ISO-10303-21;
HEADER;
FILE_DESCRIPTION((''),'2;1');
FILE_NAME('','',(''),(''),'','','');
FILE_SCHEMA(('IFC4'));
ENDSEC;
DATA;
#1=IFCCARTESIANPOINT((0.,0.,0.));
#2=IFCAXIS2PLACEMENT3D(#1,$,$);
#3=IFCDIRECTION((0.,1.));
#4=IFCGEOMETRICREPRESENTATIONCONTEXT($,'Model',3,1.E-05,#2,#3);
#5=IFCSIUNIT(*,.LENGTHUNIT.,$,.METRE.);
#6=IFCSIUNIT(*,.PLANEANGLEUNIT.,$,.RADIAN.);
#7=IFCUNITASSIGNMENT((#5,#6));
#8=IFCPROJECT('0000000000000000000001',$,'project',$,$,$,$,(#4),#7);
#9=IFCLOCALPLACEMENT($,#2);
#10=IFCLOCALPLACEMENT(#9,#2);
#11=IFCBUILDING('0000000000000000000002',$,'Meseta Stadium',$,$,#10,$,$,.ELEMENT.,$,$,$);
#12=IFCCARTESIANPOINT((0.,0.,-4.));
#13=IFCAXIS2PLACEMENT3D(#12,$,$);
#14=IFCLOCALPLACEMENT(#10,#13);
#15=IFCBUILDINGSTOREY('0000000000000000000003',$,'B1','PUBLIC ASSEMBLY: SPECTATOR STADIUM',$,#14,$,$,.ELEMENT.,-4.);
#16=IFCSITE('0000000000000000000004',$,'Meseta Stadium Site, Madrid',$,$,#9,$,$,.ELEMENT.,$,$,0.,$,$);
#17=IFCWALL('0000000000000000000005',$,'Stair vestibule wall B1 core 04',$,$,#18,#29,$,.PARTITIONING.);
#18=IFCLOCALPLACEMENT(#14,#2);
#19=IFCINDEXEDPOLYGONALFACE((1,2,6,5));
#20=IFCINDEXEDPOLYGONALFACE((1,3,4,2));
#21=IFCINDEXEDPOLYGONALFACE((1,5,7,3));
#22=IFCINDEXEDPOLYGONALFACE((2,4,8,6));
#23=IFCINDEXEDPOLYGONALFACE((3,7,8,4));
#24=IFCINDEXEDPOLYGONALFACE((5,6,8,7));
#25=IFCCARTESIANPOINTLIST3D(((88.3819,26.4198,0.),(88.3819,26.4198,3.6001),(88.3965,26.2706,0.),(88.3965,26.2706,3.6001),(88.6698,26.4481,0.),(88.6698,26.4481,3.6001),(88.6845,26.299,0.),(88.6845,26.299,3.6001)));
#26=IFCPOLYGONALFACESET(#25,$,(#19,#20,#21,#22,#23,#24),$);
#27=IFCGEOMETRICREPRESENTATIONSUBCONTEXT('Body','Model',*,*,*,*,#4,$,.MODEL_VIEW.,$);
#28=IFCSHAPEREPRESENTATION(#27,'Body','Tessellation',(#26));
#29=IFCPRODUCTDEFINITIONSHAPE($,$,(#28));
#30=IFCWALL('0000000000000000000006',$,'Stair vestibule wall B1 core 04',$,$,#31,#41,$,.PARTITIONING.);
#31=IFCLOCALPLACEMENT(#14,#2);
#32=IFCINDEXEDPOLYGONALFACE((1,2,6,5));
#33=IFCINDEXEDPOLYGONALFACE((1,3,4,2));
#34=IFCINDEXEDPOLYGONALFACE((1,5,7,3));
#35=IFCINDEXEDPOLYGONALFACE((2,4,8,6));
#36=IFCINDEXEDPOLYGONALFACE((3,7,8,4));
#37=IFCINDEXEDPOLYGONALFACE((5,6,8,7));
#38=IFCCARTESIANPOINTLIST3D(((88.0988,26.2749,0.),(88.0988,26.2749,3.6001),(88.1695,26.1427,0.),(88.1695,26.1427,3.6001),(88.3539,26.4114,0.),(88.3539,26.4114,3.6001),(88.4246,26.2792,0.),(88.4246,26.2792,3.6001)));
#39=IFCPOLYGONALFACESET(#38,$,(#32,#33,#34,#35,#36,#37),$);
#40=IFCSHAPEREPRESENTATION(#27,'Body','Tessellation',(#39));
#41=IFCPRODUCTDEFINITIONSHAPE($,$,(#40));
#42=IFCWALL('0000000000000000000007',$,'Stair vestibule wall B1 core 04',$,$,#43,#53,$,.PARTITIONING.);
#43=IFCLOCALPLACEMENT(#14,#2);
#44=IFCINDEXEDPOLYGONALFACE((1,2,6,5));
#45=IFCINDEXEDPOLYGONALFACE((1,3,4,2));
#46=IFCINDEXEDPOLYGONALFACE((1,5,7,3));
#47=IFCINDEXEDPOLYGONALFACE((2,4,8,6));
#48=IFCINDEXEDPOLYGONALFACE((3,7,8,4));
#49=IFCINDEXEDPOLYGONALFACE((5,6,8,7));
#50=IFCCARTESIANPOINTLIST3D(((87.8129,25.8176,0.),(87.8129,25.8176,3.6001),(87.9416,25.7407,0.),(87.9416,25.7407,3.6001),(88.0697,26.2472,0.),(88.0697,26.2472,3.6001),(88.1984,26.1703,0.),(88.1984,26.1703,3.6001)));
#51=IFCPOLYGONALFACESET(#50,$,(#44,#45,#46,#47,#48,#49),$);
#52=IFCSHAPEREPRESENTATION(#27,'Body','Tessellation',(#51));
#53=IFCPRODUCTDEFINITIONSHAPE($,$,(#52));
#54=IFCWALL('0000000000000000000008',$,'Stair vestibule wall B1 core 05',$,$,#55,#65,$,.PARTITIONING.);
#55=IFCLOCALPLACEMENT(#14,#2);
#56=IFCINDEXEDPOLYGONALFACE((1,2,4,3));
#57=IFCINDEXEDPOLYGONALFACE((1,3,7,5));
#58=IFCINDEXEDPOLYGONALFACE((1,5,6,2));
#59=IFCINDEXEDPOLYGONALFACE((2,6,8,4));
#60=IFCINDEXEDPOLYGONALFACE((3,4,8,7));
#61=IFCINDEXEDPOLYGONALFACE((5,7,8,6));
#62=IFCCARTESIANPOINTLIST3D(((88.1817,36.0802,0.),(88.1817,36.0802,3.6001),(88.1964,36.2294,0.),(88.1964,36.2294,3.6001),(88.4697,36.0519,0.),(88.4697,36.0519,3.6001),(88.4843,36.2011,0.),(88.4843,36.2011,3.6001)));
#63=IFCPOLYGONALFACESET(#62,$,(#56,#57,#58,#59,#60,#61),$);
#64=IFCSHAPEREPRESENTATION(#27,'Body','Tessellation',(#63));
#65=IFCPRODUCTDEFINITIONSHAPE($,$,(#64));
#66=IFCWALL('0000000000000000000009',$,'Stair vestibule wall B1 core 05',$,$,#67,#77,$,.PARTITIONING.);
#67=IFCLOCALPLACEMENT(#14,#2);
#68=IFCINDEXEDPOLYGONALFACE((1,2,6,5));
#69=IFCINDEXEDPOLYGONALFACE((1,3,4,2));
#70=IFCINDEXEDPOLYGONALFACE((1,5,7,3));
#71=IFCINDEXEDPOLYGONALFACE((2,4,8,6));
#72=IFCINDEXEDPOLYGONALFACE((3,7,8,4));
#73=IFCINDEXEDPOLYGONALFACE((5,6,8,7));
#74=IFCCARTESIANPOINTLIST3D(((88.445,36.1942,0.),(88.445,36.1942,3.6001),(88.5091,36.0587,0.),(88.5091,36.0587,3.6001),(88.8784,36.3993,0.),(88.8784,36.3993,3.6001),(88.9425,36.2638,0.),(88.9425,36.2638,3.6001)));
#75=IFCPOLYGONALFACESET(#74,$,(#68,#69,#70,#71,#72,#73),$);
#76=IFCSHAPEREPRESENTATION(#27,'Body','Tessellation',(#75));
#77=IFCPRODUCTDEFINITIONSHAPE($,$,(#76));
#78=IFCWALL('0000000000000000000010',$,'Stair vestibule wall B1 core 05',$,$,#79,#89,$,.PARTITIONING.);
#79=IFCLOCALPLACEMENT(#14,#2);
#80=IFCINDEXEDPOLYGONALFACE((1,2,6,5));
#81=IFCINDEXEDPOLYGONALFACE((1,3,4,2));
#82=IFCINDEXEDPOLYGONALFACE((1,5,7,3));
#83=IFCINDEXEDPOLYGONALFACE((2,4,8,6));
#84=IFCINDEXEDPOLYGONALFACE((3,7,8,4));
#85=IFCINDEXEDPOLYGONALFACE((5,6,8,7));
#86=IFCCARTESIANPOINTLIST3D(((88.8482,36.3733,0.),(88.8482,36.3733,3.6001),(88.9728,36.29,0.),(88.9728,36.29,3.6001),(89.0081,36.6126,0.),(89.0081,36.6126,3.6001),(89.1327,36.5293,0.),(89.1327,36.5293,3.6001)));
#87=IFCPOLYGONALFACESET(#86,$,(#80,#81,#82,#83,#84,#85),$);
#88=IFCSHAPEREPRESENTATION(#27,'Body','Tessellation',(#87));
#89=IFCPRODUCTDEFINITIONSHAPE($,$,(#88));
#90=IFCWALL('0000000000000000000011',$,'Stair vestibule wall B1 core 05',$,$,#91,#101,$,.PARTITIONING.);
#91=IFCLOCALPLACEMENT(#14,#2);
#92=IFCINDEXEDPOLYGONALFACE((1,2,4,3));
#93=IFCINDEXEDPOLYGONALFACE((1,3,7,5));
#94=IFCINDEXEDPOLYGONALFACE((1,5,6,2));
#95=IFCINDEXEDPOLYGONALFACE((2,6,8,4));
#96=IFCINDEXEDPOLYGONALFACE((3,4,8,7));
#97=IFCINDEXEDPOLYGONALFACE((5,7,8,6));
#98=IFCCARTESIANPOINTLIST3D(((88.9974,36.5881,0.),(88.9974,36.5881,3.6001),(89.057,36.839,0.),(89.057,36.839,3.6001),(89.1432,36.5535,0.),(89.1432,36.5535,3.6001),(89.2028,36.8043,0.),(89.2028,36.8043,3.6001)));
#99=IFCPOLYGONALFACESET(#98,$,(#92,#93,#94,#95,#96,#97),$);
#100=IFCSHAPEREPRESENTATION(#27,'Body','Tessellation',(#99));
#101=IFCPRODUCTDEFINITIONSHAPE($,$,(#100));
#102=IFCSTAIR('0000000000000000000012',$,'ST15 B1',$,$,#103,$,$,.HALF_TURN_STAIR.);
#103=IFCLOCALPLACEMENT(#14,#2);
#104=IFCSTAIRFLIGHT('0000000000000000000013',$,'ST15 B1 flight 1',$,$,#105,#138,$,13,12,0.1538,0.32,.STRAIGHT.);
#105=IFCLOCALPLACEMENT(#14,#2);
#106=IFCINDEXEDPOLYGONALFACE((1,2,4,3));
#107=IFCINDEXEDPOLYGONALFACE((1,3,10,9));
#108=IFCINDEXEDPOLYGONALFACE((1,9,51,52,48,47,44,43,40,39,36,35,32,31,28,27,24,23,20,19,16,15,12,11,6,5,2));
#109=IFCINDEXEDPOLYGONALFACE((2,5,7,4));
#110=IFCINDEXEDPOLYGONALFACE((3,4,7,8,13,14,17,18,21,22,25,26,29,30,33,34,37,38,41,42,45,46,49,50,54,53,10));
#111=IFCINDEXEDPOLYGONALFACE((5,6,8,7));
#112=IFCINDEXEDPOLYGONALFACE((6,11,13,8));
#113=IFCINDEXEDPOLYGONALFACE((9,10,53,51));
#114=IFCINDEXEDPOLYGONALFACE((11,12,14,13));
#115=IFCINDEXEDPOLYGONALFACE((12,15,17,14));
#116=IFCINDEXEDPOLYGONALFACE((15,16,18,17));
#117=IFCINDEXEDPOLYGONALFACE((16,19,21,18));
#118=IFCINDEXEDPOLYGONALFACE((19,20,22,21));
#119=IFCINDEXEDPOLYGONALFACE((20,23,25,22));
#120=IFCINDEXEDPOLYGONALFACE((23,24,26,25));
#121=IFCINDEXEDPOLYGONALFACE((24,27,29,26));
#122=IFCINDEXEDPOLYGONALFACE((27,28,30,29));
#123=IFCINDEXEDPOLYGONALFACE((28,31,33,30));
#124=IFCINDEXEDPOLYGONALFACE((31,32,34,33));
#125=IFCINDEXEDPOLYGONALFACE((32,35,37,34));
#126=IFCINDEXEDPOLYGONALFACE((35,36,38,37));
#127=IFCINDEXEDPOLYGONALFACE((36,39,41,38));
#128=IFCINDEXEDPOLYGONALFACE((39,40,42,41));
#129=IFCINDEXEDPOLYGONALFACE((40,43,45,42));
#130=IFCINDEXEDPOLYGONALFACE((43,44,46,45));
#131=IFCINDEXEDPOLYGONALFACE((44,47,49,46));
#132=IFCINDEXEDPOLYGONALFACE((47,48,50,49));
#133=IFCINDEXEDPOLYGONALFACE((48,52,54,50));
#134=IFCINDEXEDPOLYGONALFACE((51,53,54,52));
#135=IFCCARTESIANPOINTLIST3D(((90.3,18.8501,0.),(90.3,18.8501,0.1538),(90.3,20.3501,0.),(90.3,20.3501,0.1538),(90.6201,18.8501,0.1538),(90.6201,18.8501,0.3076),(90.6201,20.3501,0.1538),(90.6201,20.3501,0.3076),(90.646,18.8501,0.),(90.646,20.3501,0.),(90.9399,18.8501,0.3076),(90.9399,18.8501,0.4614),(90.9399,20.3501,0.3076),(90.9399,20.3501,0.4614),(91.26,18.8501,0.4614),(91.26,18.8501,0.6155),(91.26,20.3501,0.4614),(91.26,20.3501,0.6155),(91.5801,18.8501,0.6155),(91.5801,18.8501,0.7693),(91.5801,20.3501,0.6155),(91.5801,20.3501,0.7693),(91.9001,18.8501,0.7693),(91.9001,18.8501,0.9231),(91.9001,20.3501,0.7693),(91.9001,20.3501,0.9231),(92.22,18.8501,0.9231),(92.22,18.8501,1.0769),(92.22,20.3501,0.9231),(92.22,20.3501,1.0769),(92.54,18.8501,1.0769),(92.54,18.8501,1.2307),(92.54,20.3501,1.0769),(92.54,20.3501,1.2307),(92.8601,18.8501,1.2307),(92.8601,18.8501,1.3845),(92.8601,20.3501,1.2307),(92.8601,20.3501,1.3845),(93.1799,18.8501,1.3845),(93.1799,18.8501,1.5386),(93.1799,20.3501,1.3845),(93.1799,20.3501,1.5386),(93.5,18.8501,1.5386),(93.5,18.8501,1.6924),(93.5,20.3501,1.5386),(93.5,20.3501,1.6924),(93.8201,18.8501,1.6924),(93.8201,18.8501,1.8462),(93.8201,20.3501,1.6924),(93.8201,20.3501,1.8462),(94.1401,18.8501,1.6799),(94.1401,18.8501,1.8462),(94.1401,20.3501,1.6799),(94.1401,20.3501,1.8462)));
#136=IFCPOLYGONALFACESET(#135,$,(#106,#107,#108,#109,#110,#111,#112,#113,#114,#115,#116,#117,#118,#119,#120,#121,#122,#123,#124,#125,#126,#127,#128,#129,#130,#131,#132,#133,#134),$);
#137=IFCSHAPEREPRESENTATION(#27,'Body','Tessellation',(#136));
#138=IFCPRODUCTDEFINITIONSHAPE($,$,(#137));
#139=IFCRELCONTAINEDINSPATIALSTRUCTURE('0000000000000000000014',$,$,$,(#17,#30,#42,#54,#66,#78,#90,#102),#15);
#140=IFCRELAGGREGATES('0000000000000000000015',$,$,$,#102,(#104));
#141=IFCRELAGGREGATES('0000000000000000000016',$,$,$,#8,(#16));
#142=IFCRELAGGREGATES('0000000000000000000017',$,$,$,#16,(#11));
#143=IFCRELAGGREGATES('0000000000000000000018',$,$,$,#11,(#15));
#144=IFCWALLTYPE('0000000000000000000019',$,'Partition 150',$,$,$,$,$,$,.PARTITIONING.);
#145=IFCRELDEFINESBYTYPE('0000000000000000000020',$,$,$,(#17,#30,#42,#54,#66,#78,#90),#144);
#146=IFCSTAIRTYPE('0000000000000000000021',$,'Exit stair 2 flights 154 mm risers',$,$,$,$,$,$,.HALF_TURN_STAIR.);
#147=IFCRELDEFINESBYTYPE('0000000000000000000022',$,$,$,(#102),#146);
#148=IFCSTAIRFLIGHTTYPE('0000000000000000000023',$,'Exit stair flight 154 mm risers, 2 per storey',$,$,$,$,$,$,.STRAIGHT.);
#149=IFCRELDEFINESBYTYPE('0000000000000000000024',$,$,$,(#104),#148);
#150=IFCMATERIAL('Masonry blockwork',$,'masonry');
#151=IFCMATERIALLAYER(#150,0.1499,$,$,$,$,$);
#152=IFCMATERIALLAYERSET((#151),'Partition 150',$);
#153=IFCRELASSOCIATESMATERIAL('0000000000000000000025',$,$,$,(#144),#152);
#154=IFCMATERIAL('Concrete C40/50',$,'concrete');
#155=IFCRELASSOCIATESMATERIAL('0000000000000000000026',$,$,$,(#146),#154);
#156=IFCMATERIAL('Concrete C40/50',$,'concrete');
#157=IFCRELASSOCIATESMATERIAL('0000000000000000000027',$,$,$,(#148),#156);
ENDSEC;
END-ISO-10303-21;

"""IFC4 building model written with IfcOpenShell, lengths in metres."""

from ifc_helpers import new_model, si_unit, direction, frame, frame_2d, origin, place, context, subcontext, project, spatial, polyline, rectangle, outline, extrude, material, layer, layer_set, type_object, element, aggregate, save


model = new_model("IFC4")

# Units and contexts
model_context = context("Model", 3, precision=1e-05, world=origin(), true_north=direction((0.0, 1.0)))
body_context = subcontext(model_context, "Body", "Model", "MODEL_VIEW")
ifc_project = project(units=[si_unit("LENGTHUNIT", "METRE"), si_unit("PLANEANGLEUNIT", "RADIAN")], contexts=[model_context])

# Site, building, storey
site_placement = place(None, origin())
site = spatial("IfcSite", under=ifc_project, at=site_placement, Name="Meseta Stadium Site, Madrid", CompositionType="ELEMENT", RefElevation=0.0)
building_placement = place(site_placement, origin())
building = spatial("IfcBuilding", under=site, at=building_placement, Name="Meseta Stadium", CompositionType="ELEMENT")
storey_placement = place(building_placement, frame((0.0, 0.0, -4.0)))
storey = spatial("IfcBuildingStorey", under=building, at=storey_placement, Name="B1", Description="PUBLIC ASSEMBLY: SPECTATOR STADIUM", CompositionType="ELEMENT", Elevation=-4.0)

# Shared definitions
ifc_material_1 = material(Name="Masonry blockwork", Category="masonry")
ifc_layer_1 = layer(ifc_material_1, 0.1499)
ifc_layer_set_1 = layer_set([ifc_layer_1], Name="Partition 150")
wall_type_1 = type_object("IfcWallType", Name="Partition 150", PredefinedType="PARTITIONING", material=ifc_layer_set_1)

# Walls
for number, where, z_axis, x_axis, name in (
    (1, (88.677, 26.3735, 0.0), (0.0, 0.0, 1.0), (-0.995195, -0.097916, 0.0), "Stair vestibule wall B1 core 04"),
    (2, (88.3892, 26.3452, 0.0), (0.0, 0.0, 1.0), (-0.881768, -0.471683, 0.0), "Stair vestibule wall B1 core 04"),
):
    element("IfcWall", number, at=place(storey_placement, frame(where, z_axis=z_axis, x_axis=x_axis)), inside=storey, type_object=wall_type_1, Name=name, PredefinedType="PARTITIONING", context=body_context, shape_type="SweptSolid", body=[
        extrude(rectangle(XDim=0.2893, YDim=0.1499, at=frame_2d((0.1445, 0.0))), origin(), (0.0, 0.0, 1.0), 3.6001),
    ])
wall_1_placement = place(storey_placement, frame((88.134, 26.2087, 0.0), z_axis=(0.0, 0.0, 1.0), x_axis=(-0.513061, -0.858352, 0.0)))
element("IfcWall", 3, at=wall_1_placement, inside=storey, type_object=wall_type_1, Name="Stair vestibule wall B1 core 04", PredefinedType="PARTITIONING", context=body_context, shape_type="SweptSolid", body=[
    extrude(rectangle(XDim=0.5005, YDim=0.1499, at=frame_2d((0.2502, 0.0))), origin(), (0.0, 0.0, 1.0), 3.6001),
])
wall_2_placement = place(storey_placement, frame((88.1892, 36.1548, 0.0), z_axis=(0.0, 0.0, 1.0), x_axis=(0.995195, -0.097916, 0.0)))
element("IfcWall", 4, at=wall_2_placement, inside=storey, type_object=wall_type_1, Name="Stair vestibule wall B1 core 05", PredefinedType="PARTITIONING", context=body_context, shape_type="SweptSolid", body=[
    extrude(rectangle(XDim=0.2893, YDim=0.1499, at=frame_2d((0.1445, 0.0))), origin(), (0.0, 0.0, 1.0), 3.6001),
])
wall_3_placement = place(storey_placement, frame((88.4771, 36.1265, 0.0), z_axis=(0.0, 0.0, 1.0), x_axis=(0.903893, 0.427758, 0.0)))
element("IfcWall", 5, at=wall_3_placement, inside=storey, type_object=wall_type_1, Name="Stair vestibule wall B1 core 05", PredefinedType="PARTITIONING", context=body_context, shape_type="SweptSolid", body=[
    extrude(rectangle(XDim=0.4795, YDim=0.1499, at=frame_2d((0.2397, 0.0))), origin(), (0.0, 0.0, 1.0), 3.6001),
])
wall_4_placement = place(storey_placement, frame((88.9104, 36.3315, 0.0), z_axis=(0.0, 0.0, 1.0), x_axis=(0.555679, 0.831397, 0.0)))
element("IfcWall", 6, at=wall_4_placement, inside=storey, type_object=wall_type_1, Name="Stair vestibule wall B1 core 05", PredefinedType="PARTITIONING", context=body_context, shape_type="SweptSolid", body=[
    extrude(rectangle(XDim=0.2878, YDim=0.1499, at=frame_2d((0.144, 0.0))), origin(), (0.0, 0.0, 1.0), 3.6001),
])
wall_5_placement = place(storey_placement, frame((89.0703, 36.5708, 0.0), z_axis=(0.0, 0.0, 1.0), x_axis=(0.231151, 0.972918, 0.0)))
element("IfcWall", 7, at=wall_5_placement, inside=storey, type_object=wall_type_1, Name="Stair vestibule wall B1 core 05", PredefinedType="PARTITIONING", context=body_context, shape_type="SweptSolid", body=[
    extrude(rectangle(XDim=0.2578, YDim=0.1499, at=frame_2d((0.1289, 0.0))), origin(), (0.0, 0.0, 1.0), 3.6001),
])

# Stair, stair flight
ifc_material_2 = material(Name="Concrete C40/50", Category="concrete")
stair_type = type_object("IfcStairType", Name="Exit stair 2 flights 154 mm risers", PredefinedType="HALF_TURN_STAIR", material=ifc_material_2)
stair_placement = place(storey_placement, origin())
stair = element("IfcStair", 8, at=stair_placement, inside=storey, type_object=stair_type, Name="ST15 B1", PredefinedType="HALF_TURN_STAIR")
ifc_material_3 = material(Name="Concrete C40/50", Category="concrete")
stair_flight_type = type_object("IfcStairFlightType", Name="Exit stair flight 154 mm risers, 2 per storey", PredefinedType="STRAIGHT", material=ifc_material_3)
stair_flight_placement = place(storey_placement, frame((90.3, 19.6001, 0.0), z_axis=(0.0, 0.0, 1.0), x_axis=(1.0, 0.0, 0.0)))
stair_flight = element("IfcStairFlight", 9, at=stair_flight_placement, type_object=stair_flight_type, Name="ST15 B1 flight 1", NumberOfRisers=13, NumberOfTreads=12, PredefinedType="STRAIGHT", RiserHeight=0.1538, TreadLength=0.32, context=body_context, shape_type="SweptSolid", body=[
    extrude(outline(polyline([(0.0, 0.0), (0.0, 0.1538), (0.3201, 0.1538), (0.3201, 0.3076), (0.6399, 0.3076), (0.6399, 0.4614), (0.96, 0.4614), (0.96, 0.6155), (1.28, 0.6155), (1.28, 0.7693), (1.6001, 0.7693), (1.6001, 0.9231), (1.9199, 0.9231), (1.9199, 1.0769), (2.24, 1.0769), (2.24, 1.2307), (2.5601, 1.2307), (2.5601, 1.3845), (2.8799, 1.3845), (2.8799, 1.5386), (3.2, 1.5386), (3.2, 1.6924), (3.52, 1.6924), (3.52, 1.8462), (3.8401, 1.8462), (3.8401, 1.6799), (0.3459, 0.0), (0.0, 0.0)])), frame((0.0, 0.75, 0.0), z_axis=(0.0, -1.0, 0.0), x_axis=(1.0, 0.0, 0.0)), (0.0, 0.0, 1.0), 1.5),
])
aggregate(stair, [stair_flight])

save(model, "model.ifc")
